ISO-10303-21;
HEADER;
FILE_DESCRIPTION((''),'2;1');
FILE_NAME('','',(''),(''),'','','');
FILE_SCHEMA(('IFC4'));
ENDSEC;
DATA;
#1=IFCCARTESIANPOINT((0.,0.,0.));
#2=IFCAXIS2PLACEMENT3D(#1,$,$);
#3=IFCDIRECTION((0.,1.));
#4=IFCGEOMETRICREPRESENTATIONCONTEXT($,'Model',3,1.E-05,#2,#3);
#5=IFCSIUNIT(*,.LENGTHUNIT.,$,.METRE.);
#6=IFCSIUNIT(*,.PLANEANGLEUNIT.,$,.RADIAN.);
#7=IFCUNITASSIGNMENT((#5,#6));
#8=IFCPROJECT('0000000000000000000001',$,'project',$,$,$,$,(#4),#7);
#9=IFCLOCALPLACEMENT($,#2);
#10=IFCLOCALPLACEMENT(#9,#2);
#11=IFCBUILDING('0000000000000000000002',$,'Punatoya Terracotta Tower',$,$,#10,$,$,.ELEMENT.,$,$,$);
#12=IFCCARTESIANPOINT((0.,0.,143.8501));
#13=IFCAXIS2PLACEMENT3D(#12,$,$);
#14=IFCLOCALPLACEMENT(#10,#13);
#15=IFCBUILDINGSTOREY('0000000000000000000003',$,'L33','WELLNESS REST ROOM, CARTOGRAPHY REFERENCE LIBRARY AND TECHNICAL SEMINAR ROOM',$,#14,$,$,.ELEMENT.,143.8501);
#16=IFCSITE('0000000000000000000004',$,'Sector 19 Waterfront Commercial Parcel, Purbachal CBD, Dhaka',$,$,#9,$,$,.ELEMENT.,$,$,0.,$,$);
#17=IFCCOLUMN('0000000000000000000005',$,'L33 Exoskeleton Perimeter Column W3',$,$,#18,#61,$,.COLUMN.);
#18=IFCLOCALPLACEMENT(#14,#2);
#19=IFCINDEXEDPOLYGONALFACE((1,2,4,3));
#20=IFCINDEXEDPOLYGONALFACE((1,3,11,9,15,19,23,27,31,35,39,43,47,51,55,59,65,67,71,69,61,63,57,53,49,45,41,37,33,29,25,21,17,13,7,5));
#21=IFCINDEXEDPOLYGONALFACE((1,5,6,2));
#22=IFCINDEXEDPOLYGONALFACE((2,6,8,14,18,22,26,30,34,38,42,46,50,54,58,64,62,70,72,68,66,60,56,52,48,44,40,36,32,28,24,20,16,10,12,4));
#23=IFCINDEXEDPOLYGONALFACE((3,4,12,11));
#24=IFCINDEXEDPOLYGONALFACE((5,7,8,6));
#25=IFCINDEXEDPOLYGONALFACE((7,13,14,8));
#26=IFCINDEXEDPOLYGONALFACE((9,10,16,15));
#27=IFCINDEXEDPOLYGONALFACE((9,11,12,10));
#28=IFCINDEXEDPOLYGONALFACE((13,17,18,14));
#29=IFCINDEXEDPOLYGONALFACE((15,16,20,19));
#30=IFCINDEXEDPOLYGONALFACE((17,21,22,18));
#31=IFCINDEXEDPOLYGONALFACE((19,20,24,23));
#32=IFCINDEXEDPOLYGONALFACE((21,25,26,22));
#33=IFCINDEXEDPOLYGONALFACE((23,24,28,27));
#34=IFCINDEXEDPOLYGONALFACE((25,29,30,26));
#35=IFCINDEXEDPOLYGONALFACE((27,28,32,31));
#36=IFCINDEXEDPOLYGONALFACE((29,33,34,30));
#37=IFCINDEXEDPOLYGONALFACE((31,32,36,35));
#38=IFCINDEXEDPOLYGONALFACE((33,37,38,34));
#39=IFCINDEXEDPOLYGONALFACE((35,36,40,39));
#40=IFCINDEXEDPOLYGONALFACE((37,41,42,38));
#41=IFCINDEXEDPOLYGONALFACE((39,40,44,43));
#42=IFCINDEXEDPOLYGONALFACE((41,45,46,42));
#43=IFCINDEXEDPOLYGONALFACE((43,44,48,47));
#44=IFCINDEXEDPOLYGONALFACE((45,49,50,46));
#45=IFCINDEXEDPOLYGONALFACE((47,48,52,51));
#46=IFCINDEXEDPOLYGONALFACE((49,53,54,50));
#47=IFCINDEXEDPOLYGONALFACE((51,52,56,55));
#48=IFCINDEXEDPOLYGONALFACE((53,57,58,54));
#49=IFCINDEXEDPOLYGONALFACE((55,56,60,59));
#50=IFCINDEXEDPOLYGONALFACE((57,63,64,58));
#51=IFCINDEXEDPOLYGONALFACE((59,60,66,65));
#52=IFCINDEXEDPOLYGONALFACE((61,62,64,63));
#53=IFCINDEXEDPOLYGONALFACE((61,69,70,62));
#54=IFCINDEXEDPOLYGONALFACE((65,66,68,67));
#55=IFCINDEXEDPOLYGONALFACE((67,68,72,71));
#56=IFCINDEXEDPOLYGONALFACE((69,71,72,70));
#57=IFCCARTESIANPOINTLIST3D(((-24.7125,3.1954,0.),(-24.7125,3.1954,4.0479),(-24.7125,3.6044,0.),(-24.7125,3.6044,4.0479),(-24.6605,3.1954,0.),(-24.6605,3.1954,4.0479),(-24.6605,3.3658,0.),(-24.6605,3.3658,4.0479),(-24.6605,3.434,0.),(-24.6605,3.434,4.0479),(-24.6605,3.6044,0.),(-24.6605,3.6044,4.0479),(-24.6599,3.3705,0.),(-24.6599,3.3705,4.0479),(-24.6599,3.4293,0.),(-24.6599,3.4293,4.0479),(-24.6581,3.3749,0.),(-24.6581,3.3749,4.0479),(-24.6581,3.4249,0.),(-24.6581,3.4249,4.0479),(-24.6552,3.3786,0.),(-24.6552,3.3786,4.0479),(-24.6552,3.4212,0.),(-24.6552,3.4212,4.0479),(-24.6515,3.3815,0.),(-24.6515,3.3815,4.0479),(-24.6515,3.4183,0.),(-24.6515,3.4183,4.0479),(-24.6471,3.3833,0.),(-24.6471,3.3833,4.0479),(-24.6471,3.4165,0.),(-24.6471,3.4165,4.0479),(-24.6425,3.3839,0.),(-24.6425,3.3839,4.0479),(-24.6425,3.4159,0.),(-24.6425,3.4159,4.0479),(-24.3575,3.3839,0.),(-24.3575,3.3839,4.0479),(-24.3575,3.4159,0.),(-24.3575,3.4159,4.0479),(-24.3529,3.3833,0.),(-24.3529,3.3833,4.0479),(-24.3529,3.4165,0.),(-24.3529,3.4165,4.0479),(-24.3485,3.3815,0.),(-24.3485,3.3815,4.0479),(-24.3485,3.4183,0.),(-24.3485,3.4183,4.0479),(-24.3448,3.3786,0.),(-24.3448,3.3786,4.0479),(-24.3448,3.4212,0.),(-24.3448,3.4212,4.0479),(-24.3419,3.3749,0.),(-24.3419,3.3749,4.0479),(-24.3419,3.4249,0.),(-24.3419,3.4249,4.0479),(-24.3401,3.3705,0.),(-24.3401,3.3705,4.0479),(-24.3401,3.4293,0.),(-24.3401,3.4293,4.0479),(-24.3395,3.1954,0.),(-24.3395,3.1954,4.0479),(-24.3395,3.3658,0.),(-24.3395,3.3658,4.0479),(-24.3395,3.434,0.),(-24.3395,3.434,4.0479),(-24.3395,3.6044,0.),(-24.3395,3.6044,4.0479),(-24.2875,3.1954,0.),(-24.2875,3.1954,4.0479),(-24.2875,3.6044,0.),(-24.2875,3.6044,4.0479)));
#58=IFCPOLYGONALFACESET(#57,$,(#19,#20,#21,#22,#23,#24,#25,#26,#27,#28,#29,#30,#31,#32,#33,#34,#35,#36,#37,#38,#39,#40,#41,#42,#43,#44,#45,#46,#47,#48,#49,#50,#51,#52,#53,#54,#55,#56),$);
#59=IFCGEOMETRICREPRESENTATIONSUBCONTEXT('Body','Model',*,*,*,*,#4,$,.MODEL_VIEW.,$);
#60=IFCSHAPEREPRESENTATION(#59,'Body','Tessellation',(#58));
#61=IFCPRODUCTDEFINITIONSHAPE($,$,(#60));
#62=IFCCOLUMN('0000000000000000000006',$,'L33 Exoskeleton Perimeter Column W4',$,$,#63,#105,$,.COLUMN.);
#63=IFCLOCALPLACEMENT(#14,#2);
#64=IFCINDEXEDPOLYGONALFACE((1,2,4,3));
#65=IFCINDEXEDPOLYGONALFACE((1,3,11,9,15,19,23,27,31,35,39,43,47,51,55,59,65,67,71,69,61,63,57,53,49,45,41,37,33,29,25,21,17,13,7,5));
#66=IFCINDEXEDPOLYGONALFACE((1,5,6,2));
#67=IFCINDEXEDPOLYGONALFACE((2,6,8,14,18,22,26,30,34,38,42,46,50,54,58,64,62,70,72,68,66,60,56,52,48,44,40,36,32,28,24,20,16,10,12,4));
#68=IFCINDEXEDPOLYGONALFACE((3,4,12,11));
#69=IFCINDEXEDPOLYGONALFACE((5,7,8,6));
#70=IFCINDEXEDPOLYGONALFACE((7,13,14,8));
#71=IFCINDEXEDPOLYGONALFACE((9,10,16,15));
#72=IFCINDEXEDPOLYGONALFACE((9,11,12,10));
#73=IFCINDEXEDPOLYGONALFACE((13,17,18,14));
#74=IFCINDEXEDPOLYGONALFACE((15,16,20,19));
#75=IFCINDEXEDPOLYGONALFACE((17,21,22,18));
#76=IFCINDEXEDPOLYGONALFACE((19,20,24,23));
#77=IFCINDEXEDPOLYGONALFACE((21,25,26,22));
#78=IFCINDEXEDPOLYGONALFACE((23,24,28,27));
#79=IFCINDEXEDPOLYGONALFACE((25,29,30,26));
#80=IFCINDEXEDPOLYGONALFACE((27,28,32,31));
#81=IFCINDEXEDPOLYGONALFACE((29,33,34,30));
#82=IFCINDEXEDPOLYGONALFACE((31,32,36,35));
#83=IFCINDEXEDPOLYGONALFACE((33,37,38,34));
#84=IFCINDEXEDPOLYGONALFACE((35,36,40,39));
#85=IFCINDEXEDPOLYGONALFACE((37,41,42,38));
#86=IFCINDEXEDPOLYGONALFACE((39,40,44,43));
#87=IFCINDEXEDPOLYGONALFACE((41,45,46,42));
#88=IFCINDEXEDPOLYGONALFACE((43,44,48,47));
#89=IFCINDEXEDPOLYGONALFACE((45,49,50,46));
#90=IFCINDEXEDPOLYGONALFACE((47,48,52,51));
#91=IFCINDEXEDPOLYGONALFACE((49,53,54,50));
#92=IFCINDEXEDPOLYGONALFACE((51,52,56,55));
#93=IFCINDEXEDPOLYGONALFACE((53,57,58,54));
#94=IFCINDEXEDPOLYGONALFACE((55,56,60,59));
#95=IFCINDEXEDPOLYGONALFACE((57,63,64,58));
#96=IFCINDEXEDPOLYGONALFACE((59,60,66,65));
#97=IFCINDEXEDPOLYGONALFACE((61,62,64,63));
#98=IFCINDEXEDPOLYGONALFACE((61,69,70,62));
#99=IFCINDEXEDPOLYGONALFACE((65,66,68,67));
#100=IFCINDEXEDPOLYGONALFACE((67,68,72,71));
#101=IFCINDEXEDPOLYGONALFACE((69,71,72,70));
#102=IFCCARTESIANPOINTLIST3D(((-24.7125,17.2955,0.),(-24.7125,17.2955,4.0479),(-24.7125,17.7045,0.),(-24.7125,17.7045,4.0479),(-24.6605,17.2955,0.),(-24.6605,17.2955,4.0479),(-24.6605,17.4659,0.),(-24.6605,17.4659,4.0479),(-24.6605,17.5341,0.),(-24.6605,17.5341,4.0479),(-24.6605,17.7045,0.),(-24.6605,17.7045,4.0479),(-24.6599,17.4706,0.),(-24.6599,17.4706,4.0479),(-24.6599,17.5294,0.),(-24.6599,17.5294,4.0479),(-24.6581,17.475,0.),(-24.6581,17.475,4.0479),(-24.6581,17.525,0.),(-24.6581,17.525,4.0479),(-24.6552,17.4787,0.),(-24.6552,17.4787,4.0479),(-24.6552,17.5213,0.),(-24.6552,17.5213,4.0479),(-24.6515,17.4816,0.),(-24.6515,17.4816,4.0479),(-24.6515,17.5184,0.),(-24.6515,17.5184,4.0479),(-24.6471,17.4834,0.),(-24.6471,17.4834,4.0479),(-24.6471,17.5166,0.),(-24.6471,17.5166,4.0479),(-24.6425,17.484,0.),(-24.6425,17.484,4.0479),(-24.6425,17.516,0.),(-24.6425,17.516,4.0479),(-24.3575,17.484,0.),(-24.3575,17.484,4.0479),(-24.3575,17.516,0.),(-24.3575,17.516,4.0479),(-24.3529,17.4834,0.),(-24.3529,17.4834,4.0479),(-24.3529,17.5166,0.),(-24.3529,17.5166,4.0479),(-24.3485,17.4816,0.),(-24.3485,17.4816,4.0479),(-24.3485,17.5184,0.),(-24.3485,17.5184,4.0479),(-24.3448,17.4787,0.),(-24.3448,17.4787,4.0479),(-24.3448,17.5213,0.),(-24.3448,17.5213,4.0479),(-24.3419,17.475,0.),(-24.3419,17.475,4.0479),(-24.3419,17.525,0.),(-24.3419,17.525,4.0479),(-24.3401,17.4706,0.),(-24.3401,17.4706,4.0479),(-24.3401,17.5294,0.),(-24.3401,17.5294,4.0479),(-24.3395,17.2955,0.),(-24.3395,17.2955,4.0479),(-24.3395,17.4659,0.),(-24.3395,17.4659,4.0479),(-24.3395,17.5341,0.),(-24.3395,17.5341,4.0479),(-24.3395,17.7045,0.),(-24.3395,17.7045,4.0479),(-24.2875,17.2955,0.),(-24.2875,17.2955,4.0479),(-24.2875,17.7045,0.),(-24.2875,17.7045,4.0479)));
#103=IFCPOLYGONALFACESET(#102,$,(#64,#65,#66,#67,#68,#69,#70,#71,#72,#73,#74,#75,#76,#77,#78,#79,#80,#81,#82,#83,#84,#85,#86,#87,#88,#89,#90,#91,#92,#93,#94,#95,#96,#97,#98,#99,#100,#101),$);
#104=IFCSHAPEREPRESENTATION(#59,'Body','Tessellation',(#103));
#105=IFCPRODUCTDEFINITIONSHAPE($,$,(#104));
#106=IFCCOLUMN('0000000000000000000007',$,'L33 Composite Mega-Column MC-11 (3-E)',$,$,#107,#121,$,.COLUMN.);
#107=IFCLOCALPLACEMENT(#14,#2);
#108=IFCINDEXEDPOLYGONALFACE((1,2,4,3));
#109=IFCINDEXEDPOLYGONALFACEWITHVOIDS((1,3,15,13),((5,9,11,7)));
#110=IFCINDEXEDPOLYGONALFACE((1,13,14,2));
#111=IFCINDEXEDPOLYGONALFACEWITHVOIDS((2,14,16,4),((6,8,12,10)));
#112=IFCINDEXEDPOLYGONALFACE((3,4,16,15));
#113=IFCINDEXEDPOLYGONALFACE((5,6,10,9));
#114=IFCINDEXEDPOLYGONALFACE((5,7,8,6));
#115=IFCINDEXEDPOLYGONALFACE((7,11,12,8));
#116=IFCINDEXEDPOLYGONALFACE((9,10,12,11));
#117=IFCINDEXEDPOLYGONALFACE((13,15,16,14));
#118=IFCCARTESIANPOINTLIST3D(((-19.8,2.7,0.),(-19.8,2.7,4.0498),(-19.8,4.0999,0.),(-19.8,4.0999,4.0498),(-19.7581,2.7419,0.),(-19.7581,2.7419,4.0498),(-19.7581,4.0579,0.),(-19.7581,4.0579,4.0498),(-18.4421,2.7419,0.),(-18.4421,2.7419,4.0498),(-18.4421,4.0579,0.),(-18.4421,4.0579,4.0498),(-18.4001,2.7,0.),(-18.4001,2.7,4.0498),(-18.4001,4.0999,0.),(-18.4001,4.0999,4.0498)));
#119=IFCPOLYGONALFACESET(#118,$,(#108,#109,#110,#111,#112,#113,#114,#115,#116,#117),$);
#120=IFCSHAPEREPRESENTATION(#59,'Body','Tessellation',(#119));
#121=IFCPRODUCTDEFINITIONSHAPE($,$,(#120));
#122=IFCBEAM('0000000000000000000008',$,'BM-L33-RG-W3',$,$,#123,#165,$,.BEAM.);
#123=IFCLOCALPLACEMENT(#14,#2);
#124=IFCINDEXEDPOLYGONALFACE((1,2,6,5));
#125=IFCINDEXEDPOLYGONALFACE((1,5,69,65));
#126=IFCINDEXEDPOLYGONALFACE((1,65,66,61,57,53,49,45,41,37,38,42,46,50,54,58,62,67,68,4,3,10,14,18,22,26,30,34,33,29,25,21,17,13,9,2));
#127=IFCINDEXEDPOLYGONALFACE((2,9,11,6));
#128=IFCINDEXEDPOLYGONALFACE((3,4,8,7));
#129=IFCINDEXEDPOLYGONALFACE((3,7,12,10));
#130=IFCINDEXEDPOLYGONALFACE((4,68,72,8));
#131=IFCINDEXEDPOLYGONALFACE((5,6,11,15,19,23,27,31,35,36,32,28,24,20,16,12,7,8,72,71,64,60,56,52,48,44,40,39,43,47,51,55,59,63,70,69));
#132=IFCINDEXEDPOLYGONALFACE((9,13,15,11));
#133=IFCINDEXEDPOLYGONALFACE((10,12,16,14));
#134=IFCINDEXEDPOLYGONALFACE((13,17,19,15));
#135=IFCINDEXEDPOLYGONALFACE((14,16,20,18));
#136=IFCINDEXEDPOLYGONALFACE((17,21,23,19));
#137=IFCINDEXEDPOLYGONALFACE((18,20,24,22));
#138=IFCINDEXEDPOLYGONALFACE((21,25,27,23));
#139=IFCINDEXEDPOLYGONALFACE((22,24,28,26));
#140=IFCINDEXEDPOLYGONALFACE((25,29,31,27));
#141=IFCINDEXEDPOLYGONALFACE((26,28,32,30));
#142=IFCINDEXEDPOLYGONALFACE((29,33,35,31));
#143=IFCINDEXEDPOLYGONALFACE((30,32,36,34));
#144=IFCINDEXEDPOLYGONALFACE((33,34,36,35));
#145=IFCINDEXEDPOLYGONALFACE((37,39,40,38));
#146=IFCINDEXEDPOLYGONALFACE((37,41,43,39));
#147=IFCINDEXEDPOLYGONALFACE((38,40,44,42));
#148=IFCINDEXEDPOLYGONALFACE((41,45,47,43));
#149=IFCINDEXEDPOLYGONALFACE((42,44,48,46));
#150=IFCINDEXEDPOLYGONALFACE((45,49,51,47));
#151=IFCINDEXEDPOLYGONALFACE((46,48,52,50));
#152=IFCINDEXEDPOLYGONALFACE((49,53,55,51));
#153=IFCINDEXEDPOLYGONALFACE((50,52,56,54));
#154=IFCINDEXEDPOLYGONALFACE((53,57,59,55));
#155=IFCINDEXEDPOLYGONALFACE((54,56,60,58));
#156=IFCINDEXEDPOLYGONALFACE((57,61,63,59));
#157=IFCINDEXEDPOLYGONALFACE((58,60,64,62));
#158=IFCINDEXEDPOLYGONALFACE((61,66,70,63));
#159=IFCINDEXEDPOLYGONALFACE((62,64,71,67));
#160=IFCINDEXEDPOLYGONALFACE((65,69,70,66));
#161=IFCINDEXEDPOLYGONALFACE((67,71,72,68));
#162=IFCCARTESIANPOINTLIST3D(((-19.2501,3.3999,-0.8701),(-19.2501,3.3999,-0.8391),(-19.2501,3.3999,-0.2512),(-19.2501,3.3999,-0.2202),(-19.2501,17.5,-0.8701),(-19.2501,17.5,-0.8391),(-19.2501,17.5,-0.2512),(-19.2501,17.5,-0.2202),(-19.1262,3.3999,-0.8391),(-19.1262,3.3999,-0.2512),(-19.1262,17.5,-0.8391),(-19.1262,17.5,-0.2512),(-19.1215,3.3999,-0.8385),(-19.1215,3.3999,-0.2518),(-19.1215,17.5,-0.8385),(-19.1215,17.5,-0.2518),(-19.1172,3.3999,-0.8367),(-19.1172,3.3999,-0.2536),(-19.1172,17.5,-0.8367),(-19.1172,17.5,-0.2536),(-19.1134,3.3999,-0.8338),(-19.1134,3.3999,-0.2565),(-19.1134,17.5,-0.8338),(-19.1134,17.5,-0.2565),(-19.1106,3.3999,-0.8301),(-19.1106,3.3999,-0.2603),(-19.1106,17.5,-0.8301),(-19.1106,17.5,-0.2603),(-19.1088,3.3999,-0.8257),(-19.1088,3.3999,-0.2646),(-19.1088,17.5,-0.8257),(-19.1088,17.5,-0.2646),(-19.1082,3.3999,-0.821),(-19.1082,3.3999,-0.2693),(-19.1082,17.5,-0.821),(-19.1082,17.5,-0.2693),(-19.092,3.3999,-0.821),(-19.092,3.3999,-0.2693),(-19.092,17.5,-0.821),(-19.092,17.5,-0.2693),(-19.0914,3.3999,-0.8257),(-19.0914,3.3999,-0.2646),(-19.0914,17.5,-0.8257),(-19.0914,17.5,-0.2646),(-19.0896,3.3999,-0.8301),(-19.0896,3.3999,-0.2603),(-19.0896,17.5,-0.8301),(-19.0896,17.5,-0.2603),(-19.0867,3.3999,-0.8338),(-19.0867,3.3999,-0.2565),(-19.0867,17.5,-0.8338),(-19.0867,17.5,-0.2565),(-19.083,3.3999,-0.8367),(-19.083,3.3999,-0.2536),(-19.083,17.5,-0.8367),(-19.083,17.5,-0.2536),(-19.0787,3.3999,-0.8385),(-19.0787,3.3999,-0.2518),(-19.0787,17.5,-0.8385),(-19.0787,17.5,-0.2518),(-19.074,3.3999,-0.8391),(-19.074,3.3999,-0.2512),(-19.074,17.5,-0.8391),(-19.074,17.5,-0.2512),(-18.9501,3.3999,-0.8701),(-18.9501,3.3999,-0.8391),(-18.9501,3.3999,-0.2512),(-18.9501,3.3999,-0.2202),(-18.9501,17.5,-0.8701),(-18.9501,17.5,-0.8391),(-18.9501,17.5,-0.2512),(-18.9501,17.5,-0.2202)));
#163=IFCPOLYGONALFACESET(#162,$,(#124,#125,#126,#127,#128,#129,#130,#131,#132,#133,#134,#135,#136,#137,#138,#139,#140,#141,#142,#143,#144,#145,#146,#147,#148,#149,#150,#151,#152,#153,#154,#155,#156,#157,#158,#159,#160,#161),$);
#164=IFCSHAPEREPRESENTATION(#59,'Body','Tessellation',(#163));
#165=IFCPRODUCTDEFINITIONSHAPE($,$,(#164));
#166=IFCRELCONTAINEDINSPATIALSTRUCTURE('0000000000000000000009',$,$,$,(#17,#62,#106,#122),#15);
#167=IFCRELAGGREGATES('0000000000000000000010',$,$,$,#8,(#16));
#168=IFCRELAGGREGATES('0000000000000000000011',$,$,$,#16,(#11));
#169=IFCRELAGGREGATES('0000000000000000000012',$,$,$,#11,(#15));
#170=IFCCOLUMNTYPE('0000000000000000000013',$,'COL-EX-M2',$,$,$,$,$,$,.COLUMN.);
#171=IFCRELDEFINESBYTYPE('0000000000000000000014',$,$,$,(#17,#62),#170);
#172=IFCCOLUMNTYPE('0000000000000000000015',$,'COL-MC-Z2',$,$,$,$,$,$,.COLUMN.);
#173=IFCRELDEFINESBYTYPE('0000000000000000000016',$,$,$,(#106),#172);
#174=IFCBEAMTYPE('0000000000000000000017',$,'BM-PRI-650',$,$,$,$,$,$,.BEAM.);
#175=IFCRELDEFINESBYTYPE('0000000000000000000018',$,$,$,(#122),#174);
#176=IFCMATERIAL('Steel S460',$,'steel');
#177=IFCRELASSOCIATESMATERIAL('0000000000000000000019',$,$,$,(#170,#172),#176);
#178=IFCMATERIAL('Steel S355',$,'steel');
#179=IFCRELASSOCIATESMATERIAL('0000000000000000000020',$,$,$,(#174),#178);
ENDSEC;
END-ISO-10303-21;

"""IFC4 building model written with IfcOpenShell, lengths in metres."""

from ifc_helpers import new_model, si_unit, direction, frame, origin, origin_2d, place, context, subcontext, project, spatial, hollow_rectangle, i_section, extrude, material, material_profile, profile_set, type_object, element, save


model = new_model("IFC4")

# Units and contexts
model_context = context("Model", 3, precision=1e-05, world=origin(), true_north=direction((0.0, 1.0)))
body_context = subcontext(model_context, "Body", "Model", "MODEL_VIEW")
ifc_project = project(units=[si_unit("LENGTHUNIT", "METRE"), si_unit("PLANEANGLEUNIT", "RADIAN")], contexts=[model_context])

# Site, building, storey
site_placement = place(None, origin())
site = spatial("IfcSite", under=ifc_project, at=site_placement, Name="Sector 19 Waterfront Commercial Parcel, Purbachal CBD, Dhaka", CompositionType="ELEMENT", RefElevation=0.0)
building_placement = place(site_placement, origin())
building = spatial("IfcBuilding", under=site, at=building_placement, Name="Punatoya Terracotta Tower", CompositionType="ELEMENT")
storey_placement = place(building_placement, frame((0.0, 0.0, 143.8501)))
storey = spatial("IfcBuildingStorey", under=building, at=storey_placement, Name="L33", Description="WELLNESS REST ROOM, CARTOGRAPHY REFERENCE LIBRARY AND TECHNICAL SEMINAR ROOM", CompositionType="ELEMENT", Elevation=143.8501)

# Columns
ifc_material_1 = material(Name="Steel S460", Category="steel")
ifc_material_profile_1 = material_profile(ifc_material_1, i_section(OverallWidth=0.4089, OverallDepth=0.425, WebThickness=0.032, FlangeThickness=0.052, FilletRadius=0.0181, at=origin_2d()))
ifc_profile_set_1 = profile_set([ifc_material_profile_1], Name="Steel S460")
column_type_1 = type_object("IfcColumnType", Name="COL-EX-M2", PredefinedType="COLUMN", material=ifc_profile_set_1)
for number, where, z_axis, x_axis, name in (
    (1, (-24.5, 3.3999, 0.0), (0.0, 0.0, 1.0), (0.0, 1.0, 0.0), "L33 Exoskeleton Perimeter Column W3"),
    (2, (-24.5, 17.5, 0.0), (0.0, 0.0, 1.0), (0.0, 1.0, 0.0), "L33 Exoskeleton Perimeter Column W4"),
):
    element("IfcColumn", number, at=place(storey_placement, frame(where, z_axis=z_axis, x_axis=x_axis)), inside=storey, type_object=column_type_1, Name=name, PredefinedType="COLUMN", context=body_context, shape_type="SweptSolid", body=[
        extrude(i_section(OverallWidth=0.4089, OverallDepth=0.425, WebThickness=0.032, FlangeThickness=0.052, FilletRadius=0.0181, at=origin_2d()), origin(), (0.0, 0.0, 1.0), 4.0479),
    ])
ifc_material_profile_2 = material_profile(ifc_material_1, hollow_rectangle(XDim=1.3999, YDim=1.3999, WallThickness=0.042, at=origin_2d()))
ifc_profile_set_2 = profile_set([ifc_material_profile_2], Name="Steel S460")
column_type_2 = type_object("IfcColumnType", Name="COL-MC-Z2", PredefinedType="COLUMN", material=ifc_profile_set_2)
column_placement = place(storey_placement, frame((-19.1001, 3.3999, 0.0), z_axis=(0.0, 0.0, 1.0), x_axis=(1.0, 0.0, 0.0)))
element("IfcColumn", 3, at=column_placement, inside=storey, type_object=column_type_2, Name="L33 Composite Mega-Column MC-11 (3-E)", PredefinedType="COLUMN", context=body_context, shape_type="SweptSolid", body=[
    extrude(hollow_rectangle(XDim=1.3999, YDim=1.3999, WallThickness=0.042, at=origin_2d()), origin(), (0.0, 0.0, 1.0), 4.0498),
])

# Beam
ifc_material_2 = material(Name="Steel S355", Category="steel")
ifc_material_profile_3 = material_profile(ifc_material_2, i_section(OverallWidth=0.3, OverallDepth=0.6499, WebThickness=0.0161, FlangeThickness=0.031, FilletRadius=0.0181, at=origin_2d()))
ifc_profile_set_3 = profile_set([ifc_material_profile_3], Name="Steel S355")
beam_type_1 = type_object("IfcBeamType", Name="BM-PRI-650", PredefinedType="BEAM", material=ifc_profile_set_3)
beam_1_placement = place(storey_placement, frame((-19.1001, 3.3999, -0.5452), z_axis=(0.0, 1.0, 0.0), x_axis=(-1.0, 0.0, 0.0)))
element("IfcBeam", 4, at=beam_1_placement, inside=storey, type_object=beam_type_1, Name="BM-L33-RG-W3", PredefinedType="BEAM", context=body_context, shape_type="SweptSolid", body=[
    extrude(i_section(OverallWidth=0.3, OverallDepth=0.6499, WebThickness=0.0161, FlangeThickness=0.031, FilletRadius=0.0181, at=origin_2d()), origin(), (0.0, 0.0, 1.0), 14.1001),
])

save(model, "model.ifc")
